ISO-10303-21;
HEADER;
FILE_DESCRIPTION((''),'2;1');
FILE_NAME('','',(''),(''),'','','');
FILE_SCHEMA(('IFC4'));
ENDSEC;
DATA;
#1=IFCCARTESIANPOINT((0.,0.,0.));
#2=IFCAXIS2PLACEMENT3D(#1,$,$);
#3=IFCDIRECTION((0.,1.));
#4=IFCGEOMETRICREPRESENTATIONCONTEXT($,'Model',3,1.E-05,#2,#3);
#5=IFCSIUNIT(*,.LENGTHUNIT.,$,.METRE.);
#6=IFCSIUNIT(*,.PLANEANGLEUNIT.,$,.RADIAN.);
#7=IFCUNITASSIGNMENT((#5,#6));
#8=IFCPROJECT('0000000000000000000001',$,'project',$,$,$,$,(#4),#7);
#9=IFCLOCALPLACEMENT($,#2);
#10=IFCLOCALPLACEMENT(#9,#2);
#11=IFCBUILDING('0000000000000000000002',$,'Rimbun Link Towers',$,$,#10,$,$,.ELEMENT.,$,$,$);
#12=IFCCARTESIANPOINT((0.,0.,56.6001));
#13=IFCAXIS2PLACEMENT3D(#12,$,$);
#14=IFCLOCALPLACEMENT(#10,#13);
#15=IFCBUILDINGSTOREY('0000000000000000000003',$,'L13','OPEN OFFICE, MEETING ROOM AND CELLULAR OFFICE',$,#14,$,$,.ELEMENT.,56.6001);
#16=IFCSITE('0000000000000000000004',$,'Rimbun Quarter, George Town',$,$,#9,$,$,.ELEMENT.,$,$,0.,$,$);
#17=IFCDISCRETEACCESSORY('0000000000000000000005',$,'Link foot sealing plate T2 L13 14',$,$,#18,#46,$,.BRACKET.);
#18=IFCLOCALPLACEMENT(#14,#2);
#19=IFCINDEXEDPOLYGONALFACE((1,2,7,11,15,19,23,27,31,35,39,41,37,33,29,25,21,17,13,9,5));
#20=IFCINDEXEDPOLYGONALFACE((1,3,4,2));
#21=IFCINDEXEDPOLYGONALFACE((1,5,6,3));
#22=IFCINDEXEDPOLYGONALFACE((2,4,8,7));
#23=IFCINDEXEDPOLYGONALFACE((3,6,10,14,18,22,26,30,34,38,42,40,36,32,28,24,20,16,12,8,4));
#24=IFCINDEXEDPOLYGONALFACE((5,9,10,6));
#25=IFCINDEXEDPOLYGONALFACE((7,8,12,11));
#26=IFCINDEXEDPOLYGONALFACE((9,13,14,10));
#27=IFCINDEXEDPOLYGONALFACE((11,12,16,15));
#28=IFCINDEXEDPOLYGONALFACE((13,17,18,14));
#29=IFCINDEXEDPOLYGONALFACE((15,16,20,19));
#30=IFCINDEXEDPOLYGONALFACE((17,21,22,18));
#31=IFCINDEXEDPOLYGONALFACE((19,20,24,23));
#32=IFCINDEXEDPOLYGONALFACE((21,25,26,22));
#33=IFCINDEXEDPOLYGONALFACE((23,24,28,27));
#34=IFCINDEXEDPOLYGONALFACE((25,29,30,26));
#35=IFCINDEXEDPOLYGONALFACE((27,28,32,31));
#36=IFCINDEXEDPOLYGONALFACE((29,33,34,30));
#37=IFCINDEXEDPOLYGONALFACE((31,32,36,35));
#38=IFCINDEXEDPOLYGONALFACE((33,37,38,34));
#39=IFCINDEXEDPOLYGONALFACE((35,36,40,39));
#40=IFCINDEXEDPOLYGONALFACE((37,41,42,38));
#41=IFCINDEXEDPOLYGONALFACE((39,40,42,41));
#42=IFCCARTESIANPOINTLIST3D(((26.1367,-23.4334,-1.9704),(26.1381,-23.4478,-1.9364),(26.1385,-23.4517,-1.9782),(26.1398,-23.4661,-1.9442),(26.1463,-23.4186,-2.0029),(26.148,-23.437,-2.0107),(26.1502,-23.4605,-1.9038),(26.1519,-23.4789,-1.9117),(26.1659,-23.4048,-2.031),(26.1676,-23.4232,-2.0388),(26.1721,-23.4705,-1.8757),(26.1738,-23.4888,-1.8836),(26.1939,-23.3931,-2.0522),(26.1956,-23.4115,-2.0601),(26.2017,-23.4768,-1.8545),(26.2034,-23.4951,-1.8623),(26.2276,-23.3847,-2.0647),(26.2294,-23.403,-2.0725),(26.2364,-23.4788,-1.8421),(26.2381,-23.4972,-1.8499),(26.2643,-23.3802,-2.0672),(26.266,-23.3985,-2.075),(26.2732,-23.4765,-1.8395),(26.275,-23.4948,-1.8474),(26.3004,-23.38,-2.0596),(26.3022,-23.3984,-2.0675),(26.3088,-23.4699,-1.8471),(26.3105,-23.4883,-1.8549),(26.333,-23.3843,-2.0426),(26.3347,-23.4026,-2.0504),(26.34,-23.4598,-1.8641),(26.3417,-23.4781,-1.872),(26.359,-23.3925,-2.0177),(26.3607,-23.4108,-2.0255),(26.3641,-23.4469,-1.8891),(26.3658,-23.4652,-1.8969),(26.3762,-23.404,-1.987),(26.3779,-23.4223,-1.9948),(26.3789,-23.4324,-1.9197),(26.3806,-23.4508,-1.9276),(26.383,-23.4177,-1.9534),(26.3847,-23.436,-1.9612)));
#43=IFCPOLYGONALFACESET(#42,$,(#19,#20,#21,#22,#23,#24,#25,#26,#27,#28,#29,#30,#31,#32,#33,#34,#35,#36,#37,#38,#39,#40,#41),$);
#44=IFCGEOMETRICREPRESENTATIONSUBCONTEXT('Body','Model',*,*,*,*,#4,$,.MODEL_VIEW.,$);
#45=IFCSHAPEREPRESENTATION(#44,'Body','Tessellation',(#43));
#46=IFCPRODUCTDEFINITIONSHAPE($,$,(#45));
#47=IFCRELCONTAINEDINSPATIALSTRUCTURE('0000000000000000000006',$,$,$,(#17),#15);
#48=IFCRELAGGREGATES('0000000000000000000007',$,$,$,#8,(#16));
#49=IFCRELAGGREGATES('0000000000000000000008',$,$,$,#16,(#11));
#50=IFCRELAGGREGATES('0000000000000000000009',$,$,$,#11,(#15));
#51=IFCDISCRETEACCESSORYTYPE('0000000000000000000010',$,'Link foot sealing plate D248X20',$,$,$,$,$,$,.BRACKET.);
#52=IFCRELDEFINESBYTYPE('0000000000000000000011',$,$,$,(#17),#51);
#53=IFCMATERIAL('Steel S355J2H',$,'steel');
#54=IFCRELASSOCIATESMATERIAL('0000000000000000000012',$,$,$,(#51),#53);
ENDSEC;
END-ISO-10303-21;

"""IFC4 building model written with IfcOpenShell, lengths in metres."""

from ifc_helpers import new_model, si_unit, direction, frame, origin, origin_2d, place, context, subcontext, project, spatial, circle, extrude, material, material_profile, profile_set, type_object, element, save


model = new_model("IFC4")

# Units and contexts
model_context = context("Model", 3, precision=1e-05, world=origin(), true_north=direction((0.0, 1.0)))
body_context = subcontext(model_context, "Body", "Model", "MODEL_VIEW")
ifc_project = project(units=[si_unit("LENGTHUNIT", "METRE"), si_unit("PLANEANGLEUNIT", "RADIAN")], contexts=[model_context])

# Site, building, storey
site_placement = place(None, origin())
site = spatial("IfcSite", under=ifc_project, at=site_placement, Name="Rimbun Quarter, George Town", CompositionType="ELEMENT", RefElevation=0.0)
building_placement = place(site_placement, origin())
building = spatial("IfcBuilding", under=site, at=building_placement, Name="Rimbun Link Towers", CompositionType="ELEMENT")
storey_placement = place(building_placement, frame((0.0, 0.0, 56.6001)))
storey = spatial("IfcBuildingStorey", under=building, at=storey_placement, Name="L13", Description="OPEN OFFICE, MEETING ROOM AND CELLULAR OFFICE", CompositionType="ELEMENT", Elevation=56.6001)

# Discrete accessory
ifc_material_1 = material(Name="Steel S355J2H", Category="steel")
ifc_material_profile_1 = material_profile(ifc_material_1, circle(Radius=0.124, at=origin_2d()), Name="PL D248")
ifc_profile_set_1 = profile_set([ifc_material_profile_1], Name="Steel S355J2H")
discrete_accessory_type = type_object("IfcDiscreteAccessoryType", Name="Link foot sealing plate D248X20", PredefinedType="BRACKET", material=ifc_profile_set_1)
discrete_accessory_placement = place(storey_placement, frame((26.2595, -23.4292, -1.9534), z_axis=(0.085531, -0.916408, -0.391001), x_axis=(0.995673, 0.092929, 0.0)))
element("IfcDiscreteAccessory", 1, at=discrete_accessory_placement, inside=storey, type_object=discrete_accessory_type, Name="Link foot sealing plate T2 L13 14", PredefinedType="BRACKET", context=body_context, shape_type="SweptSolid", body=[
    extrude(circle(Radius=0.124, at=origin_2d()), origin(), (0.0, 0.0, 1.0), 0.02),
])

save(model, "model.ifc")
